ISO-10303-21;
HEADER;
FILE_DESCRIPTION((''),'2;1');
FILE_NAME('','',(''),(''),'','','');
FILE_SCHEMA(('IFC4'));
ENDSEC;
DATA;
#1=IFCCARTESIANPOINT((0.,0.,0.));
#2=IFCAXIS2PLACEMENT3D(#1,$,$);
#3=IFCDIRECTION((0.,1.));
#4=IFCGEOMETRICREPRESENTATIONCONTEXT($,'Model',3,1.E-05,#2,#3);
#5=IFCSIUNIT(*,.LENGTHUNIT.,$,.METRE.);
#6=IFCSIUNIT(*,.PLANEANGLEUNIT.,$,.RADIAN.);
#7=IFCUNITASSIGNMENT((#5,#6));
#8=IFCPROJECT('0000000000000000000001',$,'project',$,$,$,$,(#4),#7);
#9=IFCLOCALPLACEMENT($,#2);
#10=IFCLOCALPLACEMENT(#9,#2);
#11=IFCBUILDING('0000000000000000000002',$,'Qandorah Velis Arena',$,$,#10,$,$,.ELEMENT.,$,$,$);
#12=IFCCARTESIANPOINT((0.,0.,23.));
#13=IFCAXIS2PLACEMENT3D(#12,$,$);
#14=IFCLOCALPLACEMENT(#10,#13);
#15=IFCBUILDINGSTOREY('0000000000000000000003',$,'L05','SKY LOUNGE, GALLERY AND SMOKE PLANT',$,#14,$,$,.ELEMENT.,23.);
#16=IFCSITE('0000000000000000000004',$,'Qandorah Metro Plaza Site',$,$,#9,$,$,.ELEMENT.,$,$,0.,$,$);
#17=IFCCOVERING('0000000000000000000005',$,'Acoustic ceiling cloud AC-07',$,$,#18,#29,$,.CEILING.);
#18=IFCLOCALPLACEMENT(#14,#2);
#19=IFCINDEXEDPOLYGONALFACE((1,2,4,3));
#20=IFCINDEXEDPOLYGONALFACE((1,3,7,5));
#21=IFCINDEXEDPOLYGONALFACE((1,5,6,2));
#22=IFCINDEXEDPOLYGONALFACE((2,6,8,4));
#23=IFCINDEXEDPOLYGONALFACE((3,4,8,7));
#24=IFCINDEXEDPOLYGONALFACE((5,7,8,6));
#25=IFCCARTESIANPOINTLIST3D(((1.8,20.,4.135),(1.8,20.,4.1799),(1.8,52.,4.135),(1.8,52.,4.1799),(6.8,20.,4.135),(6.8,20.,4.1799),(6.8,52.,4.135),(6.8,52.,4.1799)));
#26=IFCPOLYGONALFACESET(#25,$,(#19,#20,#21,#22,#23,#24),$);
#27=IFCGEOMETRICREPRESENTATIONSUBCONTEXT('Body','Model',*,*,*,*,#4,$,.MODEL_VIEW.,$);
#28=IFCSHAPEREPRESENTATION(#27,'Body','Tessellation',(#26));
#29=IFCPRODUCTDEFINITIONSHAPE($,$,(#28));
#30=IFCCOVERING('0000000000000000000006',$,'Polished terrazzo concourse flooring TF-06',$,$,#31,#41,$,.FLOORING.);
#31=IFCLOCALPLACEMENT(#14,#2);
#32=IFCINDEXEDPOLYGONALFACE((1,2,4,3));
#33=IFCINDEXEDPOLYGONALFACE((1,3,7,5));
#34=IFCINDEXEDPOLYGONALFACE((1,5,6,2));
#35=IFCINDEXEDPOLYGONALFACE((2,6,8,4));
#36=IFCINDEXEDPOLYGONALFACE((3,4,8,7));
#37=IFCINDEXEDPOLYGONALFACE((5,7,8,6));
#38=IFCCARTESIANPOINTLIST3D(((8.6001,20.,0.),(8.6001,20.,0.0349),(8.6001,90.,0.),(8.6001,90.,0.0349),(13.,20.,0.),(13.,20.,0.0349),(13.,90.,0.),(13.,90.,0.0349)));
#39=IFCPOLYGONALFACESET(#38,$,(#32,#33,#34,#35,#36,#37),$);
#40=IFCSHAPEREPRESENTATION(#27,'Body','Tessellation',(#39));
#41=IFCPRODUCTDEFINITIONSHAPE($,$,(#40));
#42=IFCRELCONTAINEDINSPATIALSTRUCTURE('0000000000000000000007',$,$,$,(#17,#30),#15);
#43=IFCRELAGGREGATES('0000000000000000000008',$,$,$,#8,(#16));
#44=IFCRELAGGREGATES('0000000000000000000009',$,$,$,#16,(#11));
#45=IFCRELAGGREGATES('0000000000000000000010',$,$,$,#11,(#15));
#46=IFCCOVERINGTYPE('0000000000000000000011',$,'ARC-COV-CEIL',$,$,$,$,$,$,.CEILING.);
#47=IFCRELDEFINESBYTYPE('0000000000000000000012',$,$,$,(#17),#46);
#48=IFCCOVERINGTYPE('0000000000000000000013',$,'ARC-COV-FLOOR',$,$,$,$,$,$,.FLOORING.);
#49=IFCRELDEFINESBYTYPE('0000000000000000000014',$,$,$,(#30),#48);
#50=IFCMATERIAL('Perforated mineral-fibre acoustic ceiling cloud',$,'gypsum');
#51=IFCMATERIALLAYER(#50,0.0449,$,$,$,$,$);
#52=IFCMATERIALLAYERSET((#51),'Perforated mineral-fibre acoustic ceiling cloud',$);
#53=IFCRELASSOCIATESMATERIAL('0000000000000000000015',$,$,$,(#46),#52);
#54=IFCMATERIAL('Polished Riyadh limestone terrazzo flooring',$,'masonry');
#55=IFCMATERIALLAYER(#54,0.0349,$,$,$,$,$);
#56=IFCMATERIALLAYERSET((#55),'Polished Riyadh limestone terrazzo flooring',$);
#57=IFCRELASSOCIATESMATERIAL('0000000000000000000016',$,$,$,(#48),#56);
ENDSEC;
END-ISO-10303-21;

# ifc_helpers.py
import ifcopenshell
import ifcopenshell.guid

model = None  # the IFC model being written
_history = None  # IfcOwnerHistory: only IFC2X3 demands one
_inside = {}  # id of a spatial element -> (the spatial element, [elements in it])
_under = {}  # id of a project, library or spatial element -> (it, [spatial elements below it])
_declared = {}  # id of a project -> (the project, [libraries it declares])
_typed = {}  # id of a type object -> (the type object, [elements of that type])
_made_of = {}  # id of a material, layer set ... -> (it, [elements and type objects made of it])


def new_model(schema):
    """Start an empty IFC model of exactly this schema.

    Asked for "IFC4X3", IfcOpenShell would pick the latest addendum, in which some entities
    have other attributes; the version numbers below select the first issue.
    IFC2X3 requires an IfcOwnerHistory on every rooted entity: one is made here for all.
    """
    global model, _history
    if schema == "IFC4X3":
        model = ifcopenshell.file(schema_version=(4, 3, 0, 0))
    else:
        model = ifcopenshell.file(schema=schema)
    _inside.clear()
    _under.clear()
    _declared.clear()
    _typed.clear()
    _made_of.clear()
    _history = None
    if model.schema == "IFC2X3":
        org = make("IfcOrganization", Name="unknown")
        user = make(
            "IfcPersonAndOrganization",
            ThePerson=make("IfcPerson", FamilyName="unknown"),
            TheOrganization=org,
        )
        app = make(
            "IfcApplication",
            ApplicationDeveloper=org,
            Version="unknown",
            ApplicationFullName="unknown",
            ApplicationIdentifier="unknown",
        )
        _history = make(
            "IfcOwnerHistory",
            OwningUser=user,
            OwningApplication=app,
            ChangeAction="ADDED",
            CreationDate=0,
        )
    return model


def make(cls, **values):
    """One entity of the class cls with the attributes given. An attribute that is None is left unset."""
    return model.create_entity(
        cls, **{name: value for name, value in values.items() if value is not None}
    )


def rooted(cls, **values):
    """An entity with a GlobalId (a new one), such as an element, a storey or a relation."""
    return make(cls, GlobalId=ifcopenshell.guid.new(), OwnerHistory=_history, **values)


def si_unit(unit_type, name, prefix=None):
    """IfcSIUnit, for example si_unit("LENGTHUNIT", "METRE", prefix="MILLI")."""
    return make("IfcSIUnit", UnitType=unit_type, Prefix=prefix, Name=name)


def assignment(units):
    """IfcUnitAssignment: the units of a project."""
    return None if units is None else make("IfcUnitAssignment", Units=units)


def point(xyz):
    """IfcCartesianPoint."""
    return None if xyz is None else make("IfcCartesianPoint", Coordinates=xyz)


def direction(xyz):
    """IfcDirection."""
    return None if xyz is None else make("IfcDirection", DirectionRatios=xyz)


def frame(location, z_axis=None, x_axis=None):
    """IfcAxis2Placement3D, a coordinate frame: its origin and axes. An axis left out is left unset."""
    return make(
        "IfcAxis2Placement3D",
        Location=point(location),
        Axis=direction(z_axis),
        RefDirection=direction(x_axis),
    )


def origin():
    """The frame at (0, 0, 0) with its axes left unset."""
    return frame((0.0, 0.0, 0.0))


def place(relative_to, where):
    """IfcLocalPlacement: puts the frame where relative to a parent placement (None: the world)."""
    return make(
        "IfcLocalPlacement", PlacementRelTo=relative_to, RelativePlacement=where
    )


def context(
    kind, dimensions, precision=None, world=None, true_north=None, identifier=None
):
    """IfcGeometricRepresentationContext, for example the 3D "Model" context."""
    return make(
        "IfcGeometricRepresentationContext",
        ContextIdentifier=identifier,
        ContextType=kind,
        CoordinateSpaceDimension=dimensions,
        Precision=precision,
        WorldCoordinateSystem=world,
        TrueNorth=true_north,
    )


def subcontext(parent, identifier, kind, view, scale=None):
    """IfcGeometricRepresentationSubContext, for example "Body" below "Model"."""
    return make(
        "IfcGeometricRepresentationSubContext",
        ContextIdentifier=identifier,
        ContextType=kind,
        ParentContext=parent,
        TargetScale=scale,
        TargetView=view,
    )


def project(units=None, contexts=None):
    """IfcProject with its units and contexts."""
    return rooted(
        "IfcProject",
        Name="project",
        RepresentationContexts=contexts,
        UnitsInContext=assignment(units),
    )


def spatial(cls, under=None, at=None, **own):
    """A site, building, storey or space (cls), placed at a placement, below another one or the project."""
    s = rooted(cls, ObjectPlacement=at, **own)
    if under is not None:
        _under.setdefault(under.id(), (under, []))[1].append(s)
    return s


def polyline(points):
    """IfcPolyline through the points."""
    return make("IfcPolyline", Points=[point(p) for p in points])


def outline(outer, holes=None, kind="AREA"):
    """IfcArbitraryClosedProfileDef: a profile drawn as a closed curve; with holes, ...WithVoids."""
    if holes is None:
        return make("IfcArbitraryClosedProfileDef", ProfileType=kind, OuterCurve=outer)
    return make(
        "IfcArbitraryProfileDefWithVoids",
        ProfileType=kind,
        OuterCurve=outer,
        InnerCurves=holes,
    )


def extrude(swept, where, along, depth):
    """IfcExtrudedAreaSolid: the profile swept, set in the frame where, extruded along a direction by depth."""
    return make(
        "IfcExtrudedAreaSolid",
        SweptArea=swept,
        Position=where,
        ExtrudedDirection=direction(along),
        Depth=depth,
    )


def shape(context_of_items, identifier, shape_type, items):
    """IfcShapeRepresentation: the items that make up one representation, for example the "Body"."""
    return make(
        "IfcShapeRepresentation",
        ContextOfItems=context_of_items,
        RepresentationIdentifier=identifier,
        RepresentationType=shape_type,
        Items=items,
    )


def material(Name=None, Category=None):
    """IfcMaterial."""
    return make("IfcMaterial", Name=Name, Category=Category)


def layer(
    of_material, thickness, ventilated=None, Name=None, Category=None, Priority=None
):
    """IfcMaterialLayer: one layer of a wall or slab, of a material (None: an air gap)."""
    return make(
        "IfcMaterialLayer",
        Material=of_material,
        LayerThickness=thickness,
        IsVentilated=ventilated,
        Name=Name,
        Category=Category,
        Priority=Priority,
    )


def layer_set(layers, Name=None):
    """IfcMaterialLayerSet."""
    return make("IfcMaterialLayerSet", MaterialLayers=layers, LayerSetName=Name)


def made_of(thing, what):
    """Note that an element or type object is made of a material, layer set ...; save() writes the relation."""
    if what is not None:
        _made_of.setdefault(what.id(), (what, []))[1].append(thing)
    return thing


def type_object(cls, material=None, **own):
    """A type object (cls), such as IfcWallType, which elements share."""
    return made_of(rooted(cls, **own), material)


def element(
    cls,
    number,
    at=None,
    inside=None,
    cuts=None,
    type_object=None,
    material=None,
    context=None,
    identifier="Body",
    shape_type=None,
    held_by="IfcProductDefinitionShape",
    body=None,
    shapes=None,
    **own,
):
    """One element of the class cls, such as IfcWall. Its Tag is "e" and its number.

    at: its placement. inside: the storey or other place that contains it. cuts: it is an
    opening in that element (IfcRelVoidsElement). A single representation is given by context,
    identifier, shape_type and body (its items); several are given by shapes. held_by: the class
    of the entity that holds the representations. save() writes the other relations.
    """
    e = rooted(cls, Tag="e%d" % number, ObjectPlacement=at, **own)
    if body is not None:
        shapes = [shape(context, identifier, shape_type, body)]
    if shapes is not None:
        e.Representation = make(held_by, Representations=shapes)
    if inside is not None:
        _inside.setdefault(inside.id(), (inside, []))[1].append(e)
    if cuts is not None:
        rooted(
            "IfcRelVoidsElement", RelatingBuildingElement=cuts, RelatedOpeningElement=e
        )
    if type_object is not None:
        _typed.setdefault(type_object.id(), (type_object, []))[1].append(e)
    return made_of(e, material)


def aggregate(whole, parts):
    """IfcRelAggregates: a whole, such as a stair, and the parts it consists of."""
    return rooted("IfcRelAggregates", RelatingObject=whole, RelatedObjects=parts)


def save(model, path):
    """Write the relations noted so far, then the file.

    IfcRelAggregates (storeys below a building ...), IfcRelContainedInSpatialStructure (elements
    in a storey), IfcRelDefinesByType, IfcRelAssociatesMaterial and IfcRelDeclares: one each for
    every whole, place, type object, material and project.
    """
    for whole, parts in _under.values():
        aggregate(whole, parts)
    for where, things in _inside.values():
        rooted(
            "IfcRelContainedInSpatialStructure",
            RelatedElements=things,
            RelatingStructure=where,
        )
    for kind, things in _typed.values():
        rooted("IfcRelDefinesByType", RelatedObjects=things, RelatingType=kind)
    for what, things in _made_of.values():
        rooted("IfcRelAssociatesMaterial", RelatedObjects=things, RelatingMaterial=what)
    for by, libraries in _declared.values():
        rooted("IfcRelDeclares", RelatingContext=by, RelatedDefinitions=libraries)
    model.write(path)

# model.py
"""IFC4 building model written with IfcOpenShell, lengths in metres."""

from ifc_helpers import new_model, si_unit, direction, frame, origin, place, context, subcontext, project, spatial, polyline, outline, extrude, material, layer, layer_set, type_object, element, save


model = new_model("IFC4")

# Units and contexts
model_context = context("Model", 3, precision=1e-05, world=origin(), true_north=direction((0.0, 1.0)))
body_context = subcontext(model_context, "Body", "Model", "MODEL_VIEW")
ifc_project = project(units=[si_unit("LENGTHUNIT", "METRE"), si_unit("PLANEANGLEUNIT", "RADIAN")], contexts=[model_context])

# Site, building, storey
site_placement = place(None, origin())
site = spatial("IfcSite", under=ifc_project, at=site_placement, Name="Qandorah Metro Plaza Site", CompositionType="ELEMENT", RefElevation=0.0)
building_placement = place(site_placement, origin())
building = spatial("IfcBuilding", under=site, at=building_placement, Name="Qandorah Velis Arena", CompositionType="ELEMENT")
storey_placement = place(building_placement, frame((0.0, 0.0, 23.0)))
storey = spatial("IfcBuildingStorey", under=building, at=storey_placement, Name="L05", Description="SKY LOUNGE, GALLERY AND SMOKE PLANT", CompositionType="ELEMENT", Elevation=23.0)

# Coverings
ifc_material_1 = material(Name="Perforated mineral-fibre acoustic ceiling cloud", Category="gypsum")
ifc_layer_1 = layer(ifc_material_1, 0.0449)
ifc_layer_set_1 = layer_set([ifc_layer_1], Name="Perforated mineral-fibre acoustic ceiling cloud")
covering_type_1 = type_object("IfcCoveringType", Name="ARC-COV-CEIL", PredefinedType="CEILING", material=ifc_layer_set_1)
covering_1_placement = place(storey_placement, frame((0.0, 0.0, 4.135)))
element("IfcCovering", 1, at=covering_1_placement, inside=storey, type_object=covering_type_1, Name="Acoustic ceiling cloud AC-07", PredefinedType="CEILING", context=body_context, shape_type="SweptSolid", body=[
    extrude(outline(polyline([(1.8, 20.0), (6.8, 20.0), (6.8, 52.0), (1.8, 52.0), (1.8, 20.0)])), origin(), (0.0, 0.0, 1.0), 0.0449),
])
ifc_material_2 = material(Name="Polished Riyadh limestone terrazzo flooring", Category="masonry")
ifc_layer_2 = layer(ifc_material_2, 0.0349)
ifc_layer_set_2 = layer_set([ifc_layer_2], Name="Polished Riyadh limestone terrazzo flooring")
covering_type_2 = type_object("IfcCoveringType", Name="ARC-COV-FLOOR", PredefinedType="FLOORING", material=ifc_layer_set_2)
covering_2_placement = place(storey_placement, origin())
element("IfcCovering", 2, at=covering_2_placement, inside=storey, type_object=covering_type_2, Name="Polished terrazzo concourse flooring TF-06", PredefinedType="FLOORING", context=body_context, shape_type="SweptSolid", body=[
    extrude(outline(polyline([(8.6001, 20.0), (13.0, 20.0), (13.0, 90.0), (8.6001, 90.0), (8.6001, 20.0)])), origin(), (0.0, 0.0, 1.0), 0.0349),
])

save(model, "model.ifc")
